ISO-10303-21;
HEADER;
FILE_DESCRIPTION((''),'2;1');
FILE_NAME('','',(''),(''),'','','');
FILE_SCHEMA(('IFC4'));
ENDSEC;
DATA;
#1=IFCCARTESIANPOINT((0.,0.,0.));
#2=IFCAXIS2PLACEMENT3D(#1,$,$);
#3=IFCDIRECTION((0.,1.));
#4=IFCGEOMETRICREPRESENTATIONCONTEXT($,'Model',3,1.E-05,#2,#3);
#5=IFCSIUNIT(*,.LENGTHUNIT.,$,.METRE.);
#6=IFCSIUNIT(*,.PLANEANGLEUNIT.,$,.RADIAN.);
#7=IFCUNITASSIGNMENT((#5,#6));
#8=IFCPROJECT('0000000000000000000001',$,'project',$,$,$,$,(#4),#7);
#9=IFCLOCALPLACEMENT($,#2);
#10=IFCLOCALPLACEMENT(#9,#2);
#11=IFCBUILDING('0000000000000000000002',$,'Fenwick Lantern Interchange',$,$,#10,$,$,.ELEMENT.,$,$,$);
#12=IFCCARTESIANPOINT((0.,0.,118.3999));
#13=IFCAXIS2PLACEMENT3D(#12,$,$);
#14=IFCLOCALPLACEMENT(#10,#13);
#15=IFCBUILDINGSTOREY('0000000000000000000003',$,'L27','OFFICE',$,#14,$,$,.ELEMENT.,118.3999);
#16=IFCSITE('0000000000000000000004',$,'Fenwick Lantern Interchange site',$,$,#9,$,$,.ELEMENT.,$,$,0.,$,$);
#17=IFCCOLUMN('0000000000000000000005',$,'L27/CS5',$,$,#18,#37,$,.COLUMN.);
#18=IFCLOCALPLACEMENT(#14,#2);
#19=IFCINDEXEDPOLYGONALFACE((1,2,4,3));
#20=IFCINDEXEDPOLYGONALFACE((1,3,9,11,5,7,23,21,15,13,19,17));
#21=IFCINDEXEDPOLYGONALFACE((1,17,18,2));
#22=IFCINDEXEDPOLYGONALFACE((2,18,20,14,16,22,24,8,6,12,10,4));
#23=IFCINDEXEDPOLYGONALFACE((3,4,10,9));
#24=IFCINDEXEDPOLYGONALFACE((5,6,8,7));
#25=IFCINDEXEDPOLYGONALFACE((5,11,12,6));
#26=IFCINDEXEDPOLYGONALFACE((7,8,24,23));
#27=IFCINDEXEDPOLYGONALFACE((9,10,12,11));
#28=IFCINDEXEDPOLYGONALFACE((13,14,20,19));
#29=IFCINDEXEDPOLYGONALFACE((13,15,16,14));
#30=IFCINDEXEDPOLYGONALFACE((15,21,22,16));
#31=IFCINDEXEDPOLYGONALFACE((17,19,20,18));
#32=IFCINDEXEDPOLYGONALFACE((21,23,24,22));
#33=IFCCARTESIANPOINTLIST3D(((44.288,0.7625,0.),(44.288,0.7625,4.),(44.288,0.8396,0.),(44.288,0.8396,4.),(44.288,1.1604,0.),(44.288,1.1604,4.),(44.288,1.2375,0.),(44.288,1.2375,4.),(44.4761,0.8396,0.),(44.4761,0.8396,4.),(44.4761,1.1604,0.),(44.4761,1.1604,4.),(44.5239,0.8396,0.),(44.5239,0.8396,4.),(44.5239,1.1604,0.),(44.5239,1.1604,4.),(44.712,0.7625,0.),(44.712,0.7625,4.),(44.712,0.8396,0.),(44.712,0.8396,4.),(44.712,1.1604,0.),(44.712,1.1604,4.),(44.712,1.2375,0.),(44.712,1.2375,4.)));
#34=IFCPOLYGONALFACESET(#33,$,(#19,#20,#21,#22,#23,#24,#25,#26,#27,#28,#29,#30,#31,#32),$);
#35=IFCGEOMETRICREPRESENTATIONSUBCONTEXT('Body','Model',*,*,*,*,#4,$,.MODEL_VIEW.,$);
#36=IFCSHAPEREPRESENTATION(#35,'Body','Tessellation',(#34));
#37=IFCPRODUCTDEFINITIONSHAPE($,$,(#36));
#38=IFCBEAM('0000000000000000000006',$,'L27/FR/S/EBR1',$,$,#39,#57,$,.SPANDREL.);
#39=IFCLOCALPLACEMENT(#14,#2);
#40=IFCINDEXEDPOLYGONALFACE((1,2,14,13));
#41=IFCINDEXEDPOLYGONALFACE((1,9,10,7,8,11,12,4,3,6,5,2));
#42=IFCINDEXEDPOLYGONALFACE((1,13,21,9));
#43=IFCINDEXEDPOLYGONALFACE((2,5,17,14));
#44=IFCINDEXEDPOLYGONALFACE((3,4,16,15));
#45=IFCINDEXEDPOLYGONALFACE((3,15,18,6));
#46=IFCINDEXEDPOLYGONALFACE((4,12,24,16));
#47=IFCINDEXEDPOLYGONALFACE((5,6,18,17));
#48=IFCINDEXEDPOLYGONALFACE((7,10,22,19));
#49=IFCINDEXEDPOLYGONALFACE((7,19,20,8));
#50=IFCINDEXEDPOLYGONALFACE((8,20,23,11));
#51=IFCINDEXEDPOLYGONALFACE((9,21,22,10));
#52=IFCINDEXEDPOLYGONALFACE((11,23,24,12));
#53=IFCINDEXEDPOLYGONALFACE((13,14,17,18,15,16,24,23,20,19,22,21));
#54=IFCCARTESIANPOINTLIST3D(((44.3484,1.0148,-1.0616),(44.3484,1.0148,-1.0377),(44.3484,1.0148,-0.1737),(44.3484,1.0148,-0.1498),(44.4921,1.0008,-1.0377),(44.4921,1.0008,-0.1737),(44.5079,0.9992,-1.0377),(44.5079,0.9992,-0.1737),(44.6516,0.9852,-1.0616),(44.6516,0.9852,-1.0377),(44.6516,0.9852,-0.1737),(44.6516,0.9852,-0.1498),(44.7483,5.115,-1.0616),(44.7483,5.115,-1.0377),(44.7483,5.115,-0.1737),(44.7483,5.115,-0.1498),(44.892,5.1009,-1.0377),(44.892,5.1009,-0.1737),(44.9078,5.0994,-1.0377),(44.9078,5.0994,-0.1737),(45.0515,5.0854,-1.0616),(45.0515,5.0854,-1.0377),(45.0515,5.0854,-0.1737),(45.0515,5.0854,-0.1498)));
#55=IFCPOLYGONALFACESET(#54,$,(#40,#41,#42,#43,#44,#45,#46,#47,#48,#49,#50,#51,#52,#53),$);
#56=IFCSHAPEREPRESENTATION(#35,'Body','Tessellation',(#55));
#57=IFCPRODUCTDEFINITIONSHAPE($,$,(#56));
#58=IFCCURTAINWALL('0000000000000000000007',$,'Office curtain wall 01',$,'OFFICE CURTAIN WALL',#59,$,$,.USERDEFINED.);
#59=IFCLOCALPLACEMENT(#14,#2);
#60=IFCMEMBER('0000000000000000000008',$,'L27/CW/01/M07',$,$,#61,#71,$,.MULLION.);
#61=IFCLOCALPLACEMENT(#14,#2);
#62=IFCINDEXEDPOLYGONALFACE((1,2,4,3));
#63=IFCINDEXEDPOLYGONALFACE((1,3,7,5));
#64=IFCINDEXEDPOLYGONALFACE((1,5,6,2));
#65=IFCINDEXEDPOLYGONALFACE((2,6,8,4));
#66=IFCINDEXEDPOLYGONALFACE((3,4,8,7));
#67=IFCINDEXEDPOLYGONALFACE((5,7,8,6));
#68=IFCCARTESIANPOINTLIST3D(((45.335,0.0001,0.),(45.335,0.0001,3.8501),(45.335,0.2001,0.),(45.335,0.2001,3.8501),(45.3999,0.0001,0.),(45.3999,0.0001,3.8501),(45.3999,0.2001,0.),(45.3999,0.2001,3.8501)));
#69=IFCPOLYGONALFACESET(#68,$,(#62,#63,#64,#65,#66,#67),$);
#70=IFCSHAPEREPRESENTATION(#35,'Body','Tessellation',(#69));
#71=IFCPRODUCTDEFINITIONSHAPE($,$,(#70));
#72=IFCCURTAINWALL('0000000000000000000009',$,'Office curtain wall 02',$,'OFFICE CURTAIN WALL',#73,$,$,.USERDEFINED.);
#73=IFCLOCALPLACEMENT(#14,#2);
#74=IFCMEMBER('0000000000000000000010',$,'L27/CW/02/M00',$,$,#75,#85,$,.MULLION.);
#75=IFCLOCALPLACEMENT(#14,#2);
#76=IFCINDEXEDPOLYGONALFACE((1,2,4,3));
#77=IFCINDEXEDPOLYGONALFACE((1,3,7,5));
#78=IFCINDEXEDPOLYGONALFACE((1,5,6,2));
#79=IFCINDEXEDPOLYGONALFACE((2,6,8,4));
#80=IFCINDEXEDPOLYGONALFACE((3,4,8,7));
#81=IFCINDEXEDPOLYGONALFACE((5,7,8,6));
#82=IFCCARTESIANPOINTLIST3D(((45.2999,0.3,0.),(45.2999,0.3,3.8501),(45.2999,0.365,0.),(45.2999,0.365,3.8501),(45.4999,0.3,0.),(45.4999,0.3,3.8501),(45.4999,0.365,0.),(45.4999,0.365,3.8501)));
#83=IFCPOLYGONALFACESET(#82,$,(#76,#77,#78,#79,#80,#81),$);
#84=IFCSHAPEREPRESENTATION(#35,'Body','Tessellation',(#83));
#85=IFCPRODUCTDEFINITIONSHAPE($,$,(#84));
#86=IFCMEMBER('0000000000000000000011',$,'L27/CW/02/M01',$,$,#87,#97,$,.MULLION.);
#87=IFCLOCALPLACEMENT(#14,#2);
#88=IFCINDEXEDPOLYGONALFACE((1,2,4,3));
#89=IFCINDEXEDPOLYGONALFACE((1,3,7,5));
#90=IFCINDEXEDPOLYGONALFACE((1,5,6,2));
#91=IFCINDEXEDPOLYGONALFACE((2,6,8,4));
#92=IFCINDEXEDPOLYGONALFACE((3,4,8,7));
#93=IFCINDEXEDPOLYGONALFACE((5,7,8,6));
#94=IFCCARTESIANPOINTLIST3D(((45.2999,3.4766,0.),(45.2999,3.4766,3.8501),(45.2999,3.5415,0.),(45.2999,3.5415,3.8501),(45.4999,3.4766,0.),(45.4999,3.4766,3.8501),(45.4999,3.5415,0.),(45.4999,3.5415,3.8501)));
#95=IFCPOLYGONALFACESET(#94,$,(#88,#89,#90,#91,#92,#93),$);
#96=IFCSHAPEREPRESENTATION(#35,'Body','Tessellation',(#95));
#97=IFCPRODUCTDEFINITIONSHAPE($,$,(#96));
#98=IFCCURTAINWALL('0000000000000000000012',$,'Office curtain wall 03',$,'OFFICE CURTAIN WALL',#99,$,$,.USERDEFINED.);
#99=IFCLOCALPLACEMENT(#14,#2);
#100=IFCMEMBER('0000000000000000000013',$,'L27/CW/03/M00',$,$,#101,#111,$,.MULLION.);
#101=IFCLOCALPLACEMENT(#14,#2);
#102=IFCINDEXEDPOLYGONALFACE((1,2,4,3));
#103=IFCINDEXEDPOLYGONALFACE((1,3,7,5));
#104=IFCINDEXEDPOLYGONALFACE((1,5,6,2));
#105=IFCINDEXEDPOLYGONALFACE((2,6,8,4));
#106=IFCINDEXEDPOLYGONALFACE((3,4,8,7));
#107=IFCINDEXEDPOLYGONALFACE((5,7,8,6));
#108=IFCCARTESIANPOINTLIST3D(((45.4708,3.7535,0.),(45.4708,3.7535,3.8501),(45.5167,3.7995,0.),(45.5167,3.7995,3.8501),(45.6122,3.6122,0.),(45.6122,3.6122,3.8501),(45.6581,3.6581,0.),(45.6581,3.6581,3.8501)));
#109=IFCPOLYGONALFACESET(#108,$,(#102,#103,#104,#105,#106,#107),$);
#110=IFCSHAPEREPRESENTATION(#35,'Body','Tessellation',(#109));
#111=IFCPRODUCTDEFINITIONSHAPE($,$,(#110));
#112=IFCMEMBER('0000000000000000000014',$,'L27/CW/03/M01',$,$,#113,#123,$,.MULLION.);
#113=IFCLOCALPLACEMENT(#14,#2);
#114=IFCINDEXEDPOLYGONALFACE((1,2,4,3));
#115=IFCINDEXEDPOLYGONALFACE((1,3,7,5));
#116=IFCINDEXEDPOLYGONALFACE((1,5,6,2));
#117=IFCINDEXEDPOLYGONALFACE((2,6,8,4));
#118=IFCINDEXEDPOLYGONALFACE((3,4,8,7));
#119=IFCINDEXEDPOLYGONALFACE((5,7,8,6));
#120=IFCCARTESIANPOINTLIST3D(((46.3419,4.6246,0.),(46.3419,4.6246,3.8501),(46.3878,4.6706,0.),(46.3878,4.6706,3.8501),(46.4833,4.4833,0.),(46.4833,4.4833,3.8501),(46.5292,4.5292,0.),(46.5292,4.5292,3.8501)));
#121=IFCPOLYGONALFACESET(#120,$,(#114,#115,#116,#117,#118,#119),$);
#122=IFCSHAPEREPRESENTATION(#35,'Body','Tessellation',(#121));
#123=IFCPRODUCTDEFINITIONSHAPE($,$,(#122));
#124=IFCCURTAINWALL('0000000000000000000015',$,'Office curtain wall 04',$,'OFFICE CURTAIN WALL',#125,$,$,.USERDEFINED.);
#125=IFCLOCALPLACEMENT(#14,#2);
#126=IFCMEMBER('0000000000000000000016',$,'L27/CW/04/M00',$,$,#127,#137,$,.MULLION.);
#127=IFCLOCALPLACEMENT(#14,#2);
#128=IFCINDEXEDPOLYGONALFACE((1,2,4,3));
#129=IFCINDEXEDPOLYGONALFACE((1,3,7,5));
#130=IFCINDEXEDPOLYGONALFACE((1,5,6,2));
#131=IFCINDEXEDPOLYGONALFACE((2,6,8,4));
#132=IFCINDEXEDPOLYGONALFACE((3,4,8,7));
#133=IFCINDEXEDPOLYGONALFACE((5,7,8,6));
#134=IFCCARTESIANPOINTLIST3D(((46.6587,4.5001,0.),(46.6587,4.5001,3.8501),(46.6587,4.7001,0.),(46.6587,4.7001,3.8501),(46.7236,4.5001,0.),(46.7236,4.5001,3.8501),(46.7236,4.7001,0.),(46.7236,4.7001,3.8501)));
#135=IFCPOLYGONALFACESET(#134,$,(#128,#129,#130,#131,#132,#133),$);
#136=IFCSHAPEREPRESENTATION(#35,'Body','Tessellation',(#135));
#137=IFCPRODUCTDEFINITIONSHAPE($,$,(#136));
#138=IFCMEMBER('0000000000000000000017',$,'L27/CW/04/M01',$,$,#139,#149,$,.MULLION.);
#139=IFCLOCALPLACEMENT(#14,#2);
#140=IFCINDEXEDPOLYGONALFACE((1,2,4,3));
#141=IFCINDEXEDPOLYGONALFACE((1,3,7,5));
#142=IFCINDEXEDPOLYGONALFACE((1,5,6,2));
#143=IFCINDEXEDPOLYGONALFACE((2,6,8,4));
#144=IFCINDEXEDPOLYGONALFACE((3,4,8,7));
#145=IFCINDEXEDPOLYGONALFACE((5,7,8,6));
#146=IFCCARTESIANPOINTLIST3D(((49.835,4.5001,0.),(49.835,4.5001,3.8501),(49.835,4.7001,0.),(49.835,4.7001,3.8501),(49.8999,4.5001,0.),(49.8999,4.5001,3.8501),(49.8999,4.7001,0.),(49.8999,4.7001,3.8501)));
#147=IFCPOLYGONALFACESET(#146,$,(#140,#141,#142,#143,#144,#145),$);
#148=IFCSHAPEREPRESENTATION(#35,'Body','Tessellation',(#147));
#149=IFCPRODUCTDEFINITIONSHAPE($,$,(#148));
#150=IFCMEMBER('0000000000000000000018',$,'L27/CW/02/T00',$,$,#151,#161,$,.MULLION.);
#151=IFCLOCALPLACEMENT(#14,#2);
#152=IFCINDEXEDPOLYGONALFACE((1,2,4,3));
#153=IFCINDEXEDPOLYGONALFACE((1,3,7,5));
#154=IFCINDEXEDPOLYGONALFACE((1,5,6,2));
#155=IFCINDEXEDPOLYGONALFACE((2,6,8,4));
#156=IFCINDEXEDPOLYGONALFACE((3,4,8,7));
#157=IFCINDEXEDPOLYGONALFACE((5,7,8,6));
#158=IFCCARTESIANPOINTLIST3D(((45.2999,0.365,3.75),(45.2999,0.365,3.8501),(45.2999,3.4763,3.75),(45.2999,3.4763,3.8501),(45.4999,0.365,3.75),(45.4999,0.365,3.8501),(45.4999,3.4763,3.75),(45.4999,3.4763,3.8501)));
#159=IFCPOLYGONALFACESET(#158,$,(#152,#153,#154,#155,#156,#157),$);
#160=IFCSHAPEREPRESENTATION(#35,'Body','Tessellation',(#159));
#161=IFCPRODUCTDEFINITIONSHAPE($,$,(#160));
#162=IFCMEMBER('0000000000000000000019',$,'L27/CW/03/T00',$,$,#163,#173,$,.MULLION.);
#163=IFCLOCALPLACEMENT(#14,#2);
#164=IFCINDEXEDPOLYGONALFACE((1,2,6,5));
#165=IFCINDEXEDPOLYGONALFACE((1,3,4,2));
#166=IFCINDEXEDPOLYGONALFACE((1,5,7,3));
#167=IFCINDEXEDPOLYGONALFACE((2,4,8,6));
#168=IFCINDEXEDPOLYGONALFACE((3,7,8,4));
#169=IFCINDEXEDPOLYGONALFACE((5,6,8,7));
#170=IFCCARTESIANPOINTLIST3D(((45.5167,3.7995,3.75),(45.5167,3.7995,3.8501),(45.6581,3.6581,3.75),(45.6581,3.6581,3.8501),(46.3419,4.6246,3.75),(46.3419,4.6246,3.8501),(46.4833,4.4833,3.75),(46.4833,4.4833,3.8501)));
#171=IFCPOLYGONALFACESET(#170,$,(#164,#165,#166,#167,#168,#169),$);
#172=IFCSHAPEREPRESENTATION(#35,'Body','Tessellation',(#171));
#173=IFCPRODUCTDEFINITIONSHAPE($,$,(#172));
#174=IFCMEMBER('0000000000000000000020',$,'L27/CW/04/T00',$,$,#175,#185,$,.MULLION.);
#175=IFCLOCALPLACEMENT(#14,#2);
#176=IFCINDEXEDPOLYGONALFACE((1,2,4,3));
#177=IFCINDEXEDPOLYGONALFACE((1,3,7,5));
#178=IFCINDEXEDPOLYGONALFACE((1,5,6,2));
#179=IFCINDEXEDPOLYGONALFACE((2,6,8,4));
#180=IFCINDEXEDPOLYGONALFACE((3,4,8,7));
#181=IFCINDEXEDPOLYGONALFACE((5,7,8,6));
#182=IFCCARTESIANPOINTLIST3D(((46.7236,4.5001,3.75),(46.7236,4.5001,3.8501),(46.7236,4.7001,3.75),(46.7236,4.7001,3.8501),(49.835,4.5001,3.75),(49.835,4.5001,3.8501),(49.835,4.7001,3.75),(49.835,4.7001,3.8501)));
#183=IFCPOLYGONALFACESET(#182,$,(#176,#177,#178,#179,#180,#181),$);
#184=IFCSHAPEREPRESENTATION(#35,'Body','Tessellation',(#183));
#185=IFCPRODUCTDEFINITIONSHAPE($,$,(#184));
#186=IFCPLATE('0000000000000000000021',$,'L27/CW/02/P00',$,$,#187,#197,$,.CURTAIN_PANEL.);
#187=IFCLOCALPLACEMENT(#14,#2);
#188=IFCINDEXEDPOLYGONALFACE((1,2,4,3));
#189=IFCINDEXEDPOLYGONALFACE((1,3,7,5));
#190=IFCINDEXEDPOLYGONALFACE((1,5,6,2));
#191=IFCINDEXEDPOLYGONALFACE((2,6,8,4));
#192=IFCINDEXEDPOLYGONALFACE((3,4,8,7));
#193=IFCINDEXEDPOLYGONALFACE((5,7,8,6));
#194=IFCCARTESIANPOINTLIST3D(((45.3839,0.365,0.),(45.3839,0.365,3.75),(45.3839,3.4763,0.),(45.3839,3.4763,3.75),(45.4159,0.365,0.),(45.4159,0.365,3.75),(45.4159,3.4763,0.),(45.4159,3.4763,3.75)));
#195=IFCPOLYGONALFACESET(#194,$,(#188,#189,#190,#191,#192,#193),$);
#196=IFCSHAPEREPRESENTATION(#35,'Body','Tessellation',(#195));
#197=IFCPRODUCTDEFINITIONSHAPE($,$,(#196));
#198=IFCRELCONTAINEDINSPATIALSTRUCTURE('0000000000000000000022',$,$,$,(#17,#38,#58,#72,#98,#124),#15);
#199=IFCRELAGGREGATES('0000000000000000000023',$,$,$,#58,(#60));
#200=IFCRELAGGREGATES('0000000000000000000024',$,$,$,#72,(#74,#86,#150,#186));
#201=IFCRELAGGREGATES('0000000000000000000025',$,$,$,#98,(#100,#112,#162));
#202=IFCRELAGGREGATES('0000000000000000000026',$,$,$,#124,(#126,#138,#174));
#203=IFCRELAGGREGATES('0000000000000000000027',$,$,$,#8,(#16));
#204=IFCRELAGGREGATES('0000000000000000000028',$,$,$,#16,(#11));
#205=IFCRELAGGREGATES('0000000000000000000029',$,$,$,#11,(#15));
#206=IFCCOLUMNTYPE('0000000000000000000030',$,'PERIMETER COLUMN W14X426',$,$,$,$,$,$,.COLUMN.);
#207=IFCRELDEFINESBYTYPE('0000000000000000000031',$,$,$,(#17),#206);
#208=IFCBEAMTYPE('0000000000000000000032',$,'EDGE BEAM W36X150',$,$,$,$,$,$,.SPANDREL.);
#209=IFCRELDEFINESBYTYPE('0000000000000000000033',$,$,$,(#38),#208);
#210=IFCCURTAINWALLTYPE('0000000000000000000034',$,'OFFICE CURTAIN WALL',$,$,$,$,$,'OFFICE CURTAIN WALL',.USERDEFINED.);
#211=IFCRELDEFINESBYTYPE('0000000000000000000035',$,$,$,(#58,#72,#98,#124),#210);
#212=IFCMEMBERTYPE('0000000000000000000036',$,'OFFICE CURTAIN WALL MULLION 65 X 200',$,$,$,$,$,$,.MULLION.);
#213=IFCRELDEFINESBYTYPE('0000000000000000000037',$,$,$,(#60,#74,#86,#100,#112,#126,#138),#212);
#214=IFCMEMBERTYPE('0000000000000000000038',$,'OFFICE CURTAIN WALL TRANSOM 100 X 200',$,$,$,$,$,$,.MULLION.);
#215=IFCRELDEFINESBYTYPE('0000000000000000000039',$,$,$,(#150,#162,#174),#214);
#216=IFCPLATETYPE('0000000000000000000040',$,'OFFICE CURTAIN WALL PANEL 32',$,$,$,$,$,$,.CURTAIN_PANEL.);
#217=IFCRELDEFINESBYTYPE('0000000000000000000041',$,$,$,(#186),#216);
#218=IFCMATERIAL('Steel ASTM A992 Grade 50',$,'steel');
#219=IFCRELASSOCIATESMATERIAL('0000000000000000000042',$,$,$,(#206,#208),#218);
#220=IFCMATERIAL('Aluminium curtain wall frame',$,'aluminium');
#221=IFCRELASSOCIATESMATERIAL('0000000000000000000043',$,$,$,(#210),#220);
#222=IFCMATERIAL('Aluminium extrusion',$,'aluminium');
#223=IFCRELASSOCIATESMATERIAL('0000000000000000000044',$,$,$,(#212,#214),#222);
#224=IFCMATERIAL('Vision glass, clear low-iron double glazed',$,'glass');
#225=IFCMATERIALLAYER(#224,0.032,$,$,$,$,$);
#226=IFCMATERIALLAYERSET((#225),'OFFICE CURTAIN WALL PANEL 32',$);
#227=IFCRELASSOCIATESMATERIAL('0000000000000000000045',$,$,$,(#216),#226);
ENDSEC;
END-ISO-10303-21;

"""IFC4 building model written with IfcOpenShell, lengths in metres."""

from ifc_helpers import new_model, si_unit, direction, frame, origin, origin_2d, place, context, subcontext, project, spatial, rectangle, i_section, extrude, material, layer, layer_set, material_profile, profile_set, type_object, element, aggregate, save


model = new_model("IFC4")

# Units and contexts
model_context = context("Model", 3, precision=1e-05, world=origin(), true_north=direction((0.0, 1.0)))
body_context = subcontext(model_context, "Body", "Model", "MODEL_VIEW")
ifc_project = project(units=[si_unit("LENGTHUNIT", "METRE"), si_unit("PLANEANGLEUNIT", "RADIAN")], contexts=[model_context])

# Site, building, storey
site_placement = place(None, origin())
site = spatial("IfcSite", under=ifc_project, at=site_placement, Name="Fenwick Lantern Interchange site", CompositionType="ELEMENT", RefElevation=0.0)
building_placement = place(site_placement, origin())
building = spatial("IfcBuilding", under=site, at=building_placement, Name="Fenwick Lantern Interchange", CompositionType="ELEMENT")
storey_placement = place(building_placement, frame((0.0, 0.0, 118.3999)))
storey = spatial("IfcBuildingStorey", under=building, at=storey_placement, Name="L27", Description="OFFICE", CompositionType="ELEMENT", Elevation=118.3999)

# Column
ifc_material_1 = material(Name="Steel ASTM A992 Grade 50", Category="steel")
ifc_material_profile_1 = material_profile(ifc_material_1, i_section(OverallWidth=0.4241, OverallDepth=0.4751, WebThickness=0.0479, FlangeThickness=0.0771, at=origin_2d()), Name="W14X426")
ifc_profile_set_1 = profile_set([ifc_material_profile_1], Name="Steel ASTM A992 Grade 50")
column_type = type_object("IfcColumnType", Name="PERIMETER COLUMN W14X426", PredefinedType="COLUMN", material=ifc_profile_set_1)
column_placement = place(storey_placement, frame((44.5, 1.0, 0.0), z_axis=(0.0, 0.0, 1.0), x_axis=(1.0, 0.0, 0.0)))
element("IfcColumn", 1, at=column_placement, inside=storey, type_object=column_type, Name="L27/CS5", PredefinedType="COLUMN", context=body_context, shape_type="SweptSolid", body=[
    extrude(i_section(OverallWidth=0.4241, OverallDepth=0.4751, WebThickness=0.0479, FlangeThickness=0.0771, at=origin_2d()), origin(), (0.0, 0.0, 1.0), 4.0),
])

# Beam
ifc_material_profile_2 = material_profile(ifc_material_1, i_section(OverallWidth=0.3047, OverallDepth=0.9119, WebThickness=0.0159, FlangeThickness=0.0239, at=origin_2d()), Name="W36X150")
ifc_profile_set_2 = profile_set([ifc_material_profile_2], Name="Steel ASTM A992 Grade 50")
beam_type = type_object("IfcBeamType", Name="EDGE BEAM W36X150", PredefinedType="SPANDREL", material=ifc_profile_set_2)
beam_placement = place(storey_placement, frame((44.5, 1.0, -0.6057), z_axis=(0.097074, 0.995277, 0.0), x_axis=(-0.995277, 0.097074, 0.0)))
element("IfcBeam", 2, at=beam_placement, inside=storey, type_object=beam_type, Name="L27/FR/S/EBR1", PredefinedType="SPANDREL", context=body_context, shape_type="SweptSolid", body=[
    extrude(i_section(OverallWidth=0.3047, OverallDepth=0.9119, WebThickness=0.0159, FlangeThickness=0.0239, at=origin_2d()), origin(), (0.0, 0.0, 1.0), 4.1196),
])

# Curtain wall, member
ifc_material_2 = material(Name="Aluminium curtain wall frame", Category="aluminium")
curtain_wall_type = type_object("IfcCurtainWallType", Name="OFFICE CURTAIN WALL", ElementType="OFFICE CURTAIN WALL", PredefinedType="USERDEFINED", material=ifc_material_2)
curtain_wall_1_placement = place(storey_placement, origin())
curtain_wall_1 = element("IfcCurtainWall", 3, at=curtain_wall_1_placement, inside=storey, type_object=curtain_wall_type, Name="Office curtain wall 01", ObjectType="OFFICE CURTAIN WALL", PredefinedType="USERDEFINED")
ifc_material_3 = material(Name="Aluminium extrusion", Category="aluminium")
ifc_material_profile_3 = material_profile(ifc_material_3, rectangle(XDim=0.2, YDim=0.0649, at=origin_2d()), Name="OFFICE CURTAIN WALL MULLION 65 X 200")
ifc_profile_set_3 = profile_set([ifc_material_profile_3], Name="Aluminium extrusion")
member_type_1 = type_object("IfcMemberType", Name="OFFICE CURTAIN WALL MULLION 65 X 200", PredefinedType="MULLION", material=ifc_profile_set_3)
member_1_placement = place(storey_placement, frame((45.3674, 0.1001, 0.0), z_axis=(0.0, 0.0, 1.0), x_axis=(0.0, 1.0, 0.0)))
member_1 = element("IfcMember", 4, at=member_1_placement, type_object=member_type_1, Name="L27/CW/01/M07", PredefinedType="MULLION", context=body_context, shape_type="SweptSolid", body=[
    extrude(rectangle(XDim=0.2, YDim=0.0649, at=origin_2d()), origin(), (0.0, 0.0, 1.0), 3.8501),
])
aggregate(curtain_wall_1, [member_1])

# Curtain walls, members
curtain_wall_2_placement = place(storey_placement, origin())
curtain_wall_2 = element("IfcCurtainWall", 5, at=curtain_wall_2_placement, inside=storey, type_object=curtain_wall_type, Name="Office curtain wall 02", ObjectType="OFFICE CURTAIN WALL", PredefinedType="USERDEFINED")
member_2_placement = place(storey_placement, frame((45.3999, 0.3325, 0.0), z_axis=(0.0, 0.0, 1.0), x_axis=(-1.0, 0.0, 0.0)))
member_2 = element("IfcMember", 6, at=member_2_placement, type_object=member_type_1, Name="L27/CW/02/M00", PredefinedType="MULLION", context=body_context, shape_type="SweptSolid", body=[
    extrude(rectangle(XDim=0.2, YDim=0.0649, at=origin_2d()), origin(), (0.0, 0.0, 1.0), 3.8501),
])
member_3_placement = place(storey_placement, frame((45.3999, 3.509, 0.0), z_axis=(0.0, 0.0, 1.0), x_axis=(-1.0, 0.0, 0.0)))
member_3 = element("IfcMember", 7, at=member_3_placement, type_object=member_type_1, Name="L27/CW/02/M01", PredefinedType="MULLION", context=body_context, shape_type="SweptSolid", body=[
    extrude(rectangle(XDim=0.2, YDim=0.0649, at=origin_2d()), origin(), (0.0, 0.0, 1.0), 3.8501),
])
curtain_wall_3_placement = place(storey_placement, origin())
curtain_wall_3 = element("IfcCurtainWall", 8, at=curtain_wall_3_placement, inside=storey, type_object=curtain_wall_type, Name="Office curtain wall 03", ObjectType="OFFICE CURTAIN WALL", PredefinedType="USERDEFINED")
member_4_placement = place(storey_placement, frame((45.5645, 3.7058, 0.0), z_axis=(0.0, 0.0, 1.0), x_axis=(-0.707107, 0.707107, 0.0)))
member_4 = element("IfcMember", 9, at=member_4_placement, type_object=member_type_1, Name="L27/CW/03/M00", PredefinedType="MULLION", context=body_context, shape_type="SweptSolid", body=[
    extrude(rectangle(XDim=0.2, YDim=0.0649, at=origin_2d()), origin(), (0.0, 0.0, 1.0), 3.8501),
])
member_5_placement = place(storey_placement, frame((46.4355, 4.5769, 0.0), z_axis=(0.0, 0.0, 1.0), x_axis=(-0.707107, 0.707107, 0.0)))
member_5 = element("IfcMember", 10, at=member_5_placement, type_object=member_type_1, Name="L27/CW/03/M01", PredefinedType="MULLION", context=body_context, shape_type="SweptSolid", body=[
    extrude(rectangle(XDim=0.2, YDim=0.0649, at=origin_2d()), origin(), (0.0, 0.0, 1.0), 3.8501),
])
curtain_wall_4_placement = place(storey_placement, origin())
curtain_wall_4 = element("IfcCurtainWall", 11, at=curtain_wall_4_placement, inside=storey, type_object=curtain_wall_type, Name="Office curtain wall 04", ObjectType="OFFICE CURTAIN WALL", PredefinedType="USERDEFINED")
member_6_placement = place(storey_placement, frame((46.6912, 4.6001, 0.0), z_axis=(0.0, 0.0, 1.0), x_axis=(0.0, 1.0, 0.0)))
member_6 = element("IfcMember", 12, at=member_6_placement, type_object=member_type_1, Name="L27/CW/04/M00", PredefinedType="MULLION", context=body_context, shape_type="SweptSolid", body=[
    extrude(rectangle(XDim=0.2, YDim=0.0649, at=origin_2d()), origin(), (0.0, 0.0, 1.0), 3.8501),
])
member_7_placement = place(storey_placement, frame((49.8674, 4.6001, 0.0), z_axis=(0.0, 0.0, 1.0), x_axis=(0.0, 1.0, 0.0)))
member_7 = element("IfcMember", 13, at=member_7_placement, type_object=member_type_1, Name="L27/CW/04/M01", PredefinedType="MULLION", context=body_context, shape_type="SweptSolid", body=[
    extrude(rectangle(XDim=0.2, YDim=0.0649, at=origin_2d()), origin(), (0.0, 0.0, 1.0), 3.8501),
])

# Members
ifc_material_profile_4 = material_profile(ifc_material_3, rectangle(XDim=0.2, YDim=0.1001, at=origin_2d()), Name="OFFICE CURTAIN WALL TRANSOM 100 X 200")
ifc_profile_set_4 = profile_set([ifc_material_profile_4], Name="Aluminium extrusion")
member_type_2 = type_object("IfcMemberType", Name="OFFICE CURTAIN WALL TRANSOM 100 X 200", PredefinedType="MULLION", material=ifc_profile_set_4)
member_8_placement = place(storey_placement, frame((45.3999, 0.365, 3.8), z_axis=(0.0, 1.0, 0.0), x_axis=(-1.0, 0.0, 0.0)))
member_8 = element("IfcMember", 14, at=member_8_placement, type_object=member_type_2, Name="L27/CW/02/T00", PredefinedType="MULLION", context=body_context, shape_type="SweptSolid", body=[
    extrude(rectangle(XDim=0.2, YDim=0.1001, at=origin_2d()), origin(), (0.0, 0.0, 1.0), 3.1113),
])
member_9_placement = place(storey_placement, frame((45.5874, 3.7288, 3.8), z_axis=(0.707107, 0.707107, 0.0), x_axis=(-0.707107, 0.707107, 0.0)))
member_9 = element("IfcMember", 15, at=member_9_placement, type_object=member_type_2, Name="L27/CW/03/T00", PredefinedType="MULLION", context=body_context, shape_type="SweptSolid", body=[
    extrude(rectangle(XDim=0.2, YDim=0.1001, at=origin_2d()), origin(), (0.0, 0.0, 1.0), 1.167),
])
member_10_placement = place(storey_placement, frame((46.7236, 4.6001, 3.8), z_axis=(1.0, 0.0, 0.0), x_axis=(0.0, 1.0, 0.0)))
member_10 = element("IfcMember", 16, at=member_10_placement, type_object=member_type_2, Name="L27/CW/04/T00", PredefinedType="MULLION", context=body_context, shape_type="SweptSolid", body=[
    extrude(rectangle(XDim=0.2, YDim=0.1001, at=origin_2d()), origin(), (0.0, 0.0, 1.0), 3.1113),
])

# Plate
ifc_material_4 = material(Name="Vision glass, clear low-iron double glazed", Category="glass")
ifc_layer_1 = layer(ifc_material_4, 0.032)
ifc_layer_set_1 = layer_set([ifc_layer_1], Name="OFFICE CURTAIN WALL PANEL 32")
plate_type = type_object("IfcPlateType", Name="OFFICE CURTAIN WALL PANEL 32", PredefinedType="CURTAIN_PANEL", material=ifc_layer_set_1)
plate_1_placement = place(storey_placement, frame((45.3999, 1.9207, 0.0), z_axis=(0.0, 0.0, 1.0), x_axis=(0.0, 1.0, 0.0)))
plate_1 = element("IfcPlate", 17, at=plate_1_placement, type_object=plate_type, Name="L27/CW/02/P00", PredefinedType="CURTAIN_PANEL", context=body_context, shape_type="SweptSolid", body=[
    extrude(rectangle(XDim=3.1113, YDim=0.032, at=origin_2d()), origin(), (0.0, 0.0, 1.0), 3.75),
])
aggregate(curtain_wall_2, [member_2, member_3, member_8, plate_1])
aggregate(curtain_wall_3, [member_4, member_5, member_9])
aggregate(curtain_wall_4, [member_6, member_7, member_10])

save(model, "model.ifc")
